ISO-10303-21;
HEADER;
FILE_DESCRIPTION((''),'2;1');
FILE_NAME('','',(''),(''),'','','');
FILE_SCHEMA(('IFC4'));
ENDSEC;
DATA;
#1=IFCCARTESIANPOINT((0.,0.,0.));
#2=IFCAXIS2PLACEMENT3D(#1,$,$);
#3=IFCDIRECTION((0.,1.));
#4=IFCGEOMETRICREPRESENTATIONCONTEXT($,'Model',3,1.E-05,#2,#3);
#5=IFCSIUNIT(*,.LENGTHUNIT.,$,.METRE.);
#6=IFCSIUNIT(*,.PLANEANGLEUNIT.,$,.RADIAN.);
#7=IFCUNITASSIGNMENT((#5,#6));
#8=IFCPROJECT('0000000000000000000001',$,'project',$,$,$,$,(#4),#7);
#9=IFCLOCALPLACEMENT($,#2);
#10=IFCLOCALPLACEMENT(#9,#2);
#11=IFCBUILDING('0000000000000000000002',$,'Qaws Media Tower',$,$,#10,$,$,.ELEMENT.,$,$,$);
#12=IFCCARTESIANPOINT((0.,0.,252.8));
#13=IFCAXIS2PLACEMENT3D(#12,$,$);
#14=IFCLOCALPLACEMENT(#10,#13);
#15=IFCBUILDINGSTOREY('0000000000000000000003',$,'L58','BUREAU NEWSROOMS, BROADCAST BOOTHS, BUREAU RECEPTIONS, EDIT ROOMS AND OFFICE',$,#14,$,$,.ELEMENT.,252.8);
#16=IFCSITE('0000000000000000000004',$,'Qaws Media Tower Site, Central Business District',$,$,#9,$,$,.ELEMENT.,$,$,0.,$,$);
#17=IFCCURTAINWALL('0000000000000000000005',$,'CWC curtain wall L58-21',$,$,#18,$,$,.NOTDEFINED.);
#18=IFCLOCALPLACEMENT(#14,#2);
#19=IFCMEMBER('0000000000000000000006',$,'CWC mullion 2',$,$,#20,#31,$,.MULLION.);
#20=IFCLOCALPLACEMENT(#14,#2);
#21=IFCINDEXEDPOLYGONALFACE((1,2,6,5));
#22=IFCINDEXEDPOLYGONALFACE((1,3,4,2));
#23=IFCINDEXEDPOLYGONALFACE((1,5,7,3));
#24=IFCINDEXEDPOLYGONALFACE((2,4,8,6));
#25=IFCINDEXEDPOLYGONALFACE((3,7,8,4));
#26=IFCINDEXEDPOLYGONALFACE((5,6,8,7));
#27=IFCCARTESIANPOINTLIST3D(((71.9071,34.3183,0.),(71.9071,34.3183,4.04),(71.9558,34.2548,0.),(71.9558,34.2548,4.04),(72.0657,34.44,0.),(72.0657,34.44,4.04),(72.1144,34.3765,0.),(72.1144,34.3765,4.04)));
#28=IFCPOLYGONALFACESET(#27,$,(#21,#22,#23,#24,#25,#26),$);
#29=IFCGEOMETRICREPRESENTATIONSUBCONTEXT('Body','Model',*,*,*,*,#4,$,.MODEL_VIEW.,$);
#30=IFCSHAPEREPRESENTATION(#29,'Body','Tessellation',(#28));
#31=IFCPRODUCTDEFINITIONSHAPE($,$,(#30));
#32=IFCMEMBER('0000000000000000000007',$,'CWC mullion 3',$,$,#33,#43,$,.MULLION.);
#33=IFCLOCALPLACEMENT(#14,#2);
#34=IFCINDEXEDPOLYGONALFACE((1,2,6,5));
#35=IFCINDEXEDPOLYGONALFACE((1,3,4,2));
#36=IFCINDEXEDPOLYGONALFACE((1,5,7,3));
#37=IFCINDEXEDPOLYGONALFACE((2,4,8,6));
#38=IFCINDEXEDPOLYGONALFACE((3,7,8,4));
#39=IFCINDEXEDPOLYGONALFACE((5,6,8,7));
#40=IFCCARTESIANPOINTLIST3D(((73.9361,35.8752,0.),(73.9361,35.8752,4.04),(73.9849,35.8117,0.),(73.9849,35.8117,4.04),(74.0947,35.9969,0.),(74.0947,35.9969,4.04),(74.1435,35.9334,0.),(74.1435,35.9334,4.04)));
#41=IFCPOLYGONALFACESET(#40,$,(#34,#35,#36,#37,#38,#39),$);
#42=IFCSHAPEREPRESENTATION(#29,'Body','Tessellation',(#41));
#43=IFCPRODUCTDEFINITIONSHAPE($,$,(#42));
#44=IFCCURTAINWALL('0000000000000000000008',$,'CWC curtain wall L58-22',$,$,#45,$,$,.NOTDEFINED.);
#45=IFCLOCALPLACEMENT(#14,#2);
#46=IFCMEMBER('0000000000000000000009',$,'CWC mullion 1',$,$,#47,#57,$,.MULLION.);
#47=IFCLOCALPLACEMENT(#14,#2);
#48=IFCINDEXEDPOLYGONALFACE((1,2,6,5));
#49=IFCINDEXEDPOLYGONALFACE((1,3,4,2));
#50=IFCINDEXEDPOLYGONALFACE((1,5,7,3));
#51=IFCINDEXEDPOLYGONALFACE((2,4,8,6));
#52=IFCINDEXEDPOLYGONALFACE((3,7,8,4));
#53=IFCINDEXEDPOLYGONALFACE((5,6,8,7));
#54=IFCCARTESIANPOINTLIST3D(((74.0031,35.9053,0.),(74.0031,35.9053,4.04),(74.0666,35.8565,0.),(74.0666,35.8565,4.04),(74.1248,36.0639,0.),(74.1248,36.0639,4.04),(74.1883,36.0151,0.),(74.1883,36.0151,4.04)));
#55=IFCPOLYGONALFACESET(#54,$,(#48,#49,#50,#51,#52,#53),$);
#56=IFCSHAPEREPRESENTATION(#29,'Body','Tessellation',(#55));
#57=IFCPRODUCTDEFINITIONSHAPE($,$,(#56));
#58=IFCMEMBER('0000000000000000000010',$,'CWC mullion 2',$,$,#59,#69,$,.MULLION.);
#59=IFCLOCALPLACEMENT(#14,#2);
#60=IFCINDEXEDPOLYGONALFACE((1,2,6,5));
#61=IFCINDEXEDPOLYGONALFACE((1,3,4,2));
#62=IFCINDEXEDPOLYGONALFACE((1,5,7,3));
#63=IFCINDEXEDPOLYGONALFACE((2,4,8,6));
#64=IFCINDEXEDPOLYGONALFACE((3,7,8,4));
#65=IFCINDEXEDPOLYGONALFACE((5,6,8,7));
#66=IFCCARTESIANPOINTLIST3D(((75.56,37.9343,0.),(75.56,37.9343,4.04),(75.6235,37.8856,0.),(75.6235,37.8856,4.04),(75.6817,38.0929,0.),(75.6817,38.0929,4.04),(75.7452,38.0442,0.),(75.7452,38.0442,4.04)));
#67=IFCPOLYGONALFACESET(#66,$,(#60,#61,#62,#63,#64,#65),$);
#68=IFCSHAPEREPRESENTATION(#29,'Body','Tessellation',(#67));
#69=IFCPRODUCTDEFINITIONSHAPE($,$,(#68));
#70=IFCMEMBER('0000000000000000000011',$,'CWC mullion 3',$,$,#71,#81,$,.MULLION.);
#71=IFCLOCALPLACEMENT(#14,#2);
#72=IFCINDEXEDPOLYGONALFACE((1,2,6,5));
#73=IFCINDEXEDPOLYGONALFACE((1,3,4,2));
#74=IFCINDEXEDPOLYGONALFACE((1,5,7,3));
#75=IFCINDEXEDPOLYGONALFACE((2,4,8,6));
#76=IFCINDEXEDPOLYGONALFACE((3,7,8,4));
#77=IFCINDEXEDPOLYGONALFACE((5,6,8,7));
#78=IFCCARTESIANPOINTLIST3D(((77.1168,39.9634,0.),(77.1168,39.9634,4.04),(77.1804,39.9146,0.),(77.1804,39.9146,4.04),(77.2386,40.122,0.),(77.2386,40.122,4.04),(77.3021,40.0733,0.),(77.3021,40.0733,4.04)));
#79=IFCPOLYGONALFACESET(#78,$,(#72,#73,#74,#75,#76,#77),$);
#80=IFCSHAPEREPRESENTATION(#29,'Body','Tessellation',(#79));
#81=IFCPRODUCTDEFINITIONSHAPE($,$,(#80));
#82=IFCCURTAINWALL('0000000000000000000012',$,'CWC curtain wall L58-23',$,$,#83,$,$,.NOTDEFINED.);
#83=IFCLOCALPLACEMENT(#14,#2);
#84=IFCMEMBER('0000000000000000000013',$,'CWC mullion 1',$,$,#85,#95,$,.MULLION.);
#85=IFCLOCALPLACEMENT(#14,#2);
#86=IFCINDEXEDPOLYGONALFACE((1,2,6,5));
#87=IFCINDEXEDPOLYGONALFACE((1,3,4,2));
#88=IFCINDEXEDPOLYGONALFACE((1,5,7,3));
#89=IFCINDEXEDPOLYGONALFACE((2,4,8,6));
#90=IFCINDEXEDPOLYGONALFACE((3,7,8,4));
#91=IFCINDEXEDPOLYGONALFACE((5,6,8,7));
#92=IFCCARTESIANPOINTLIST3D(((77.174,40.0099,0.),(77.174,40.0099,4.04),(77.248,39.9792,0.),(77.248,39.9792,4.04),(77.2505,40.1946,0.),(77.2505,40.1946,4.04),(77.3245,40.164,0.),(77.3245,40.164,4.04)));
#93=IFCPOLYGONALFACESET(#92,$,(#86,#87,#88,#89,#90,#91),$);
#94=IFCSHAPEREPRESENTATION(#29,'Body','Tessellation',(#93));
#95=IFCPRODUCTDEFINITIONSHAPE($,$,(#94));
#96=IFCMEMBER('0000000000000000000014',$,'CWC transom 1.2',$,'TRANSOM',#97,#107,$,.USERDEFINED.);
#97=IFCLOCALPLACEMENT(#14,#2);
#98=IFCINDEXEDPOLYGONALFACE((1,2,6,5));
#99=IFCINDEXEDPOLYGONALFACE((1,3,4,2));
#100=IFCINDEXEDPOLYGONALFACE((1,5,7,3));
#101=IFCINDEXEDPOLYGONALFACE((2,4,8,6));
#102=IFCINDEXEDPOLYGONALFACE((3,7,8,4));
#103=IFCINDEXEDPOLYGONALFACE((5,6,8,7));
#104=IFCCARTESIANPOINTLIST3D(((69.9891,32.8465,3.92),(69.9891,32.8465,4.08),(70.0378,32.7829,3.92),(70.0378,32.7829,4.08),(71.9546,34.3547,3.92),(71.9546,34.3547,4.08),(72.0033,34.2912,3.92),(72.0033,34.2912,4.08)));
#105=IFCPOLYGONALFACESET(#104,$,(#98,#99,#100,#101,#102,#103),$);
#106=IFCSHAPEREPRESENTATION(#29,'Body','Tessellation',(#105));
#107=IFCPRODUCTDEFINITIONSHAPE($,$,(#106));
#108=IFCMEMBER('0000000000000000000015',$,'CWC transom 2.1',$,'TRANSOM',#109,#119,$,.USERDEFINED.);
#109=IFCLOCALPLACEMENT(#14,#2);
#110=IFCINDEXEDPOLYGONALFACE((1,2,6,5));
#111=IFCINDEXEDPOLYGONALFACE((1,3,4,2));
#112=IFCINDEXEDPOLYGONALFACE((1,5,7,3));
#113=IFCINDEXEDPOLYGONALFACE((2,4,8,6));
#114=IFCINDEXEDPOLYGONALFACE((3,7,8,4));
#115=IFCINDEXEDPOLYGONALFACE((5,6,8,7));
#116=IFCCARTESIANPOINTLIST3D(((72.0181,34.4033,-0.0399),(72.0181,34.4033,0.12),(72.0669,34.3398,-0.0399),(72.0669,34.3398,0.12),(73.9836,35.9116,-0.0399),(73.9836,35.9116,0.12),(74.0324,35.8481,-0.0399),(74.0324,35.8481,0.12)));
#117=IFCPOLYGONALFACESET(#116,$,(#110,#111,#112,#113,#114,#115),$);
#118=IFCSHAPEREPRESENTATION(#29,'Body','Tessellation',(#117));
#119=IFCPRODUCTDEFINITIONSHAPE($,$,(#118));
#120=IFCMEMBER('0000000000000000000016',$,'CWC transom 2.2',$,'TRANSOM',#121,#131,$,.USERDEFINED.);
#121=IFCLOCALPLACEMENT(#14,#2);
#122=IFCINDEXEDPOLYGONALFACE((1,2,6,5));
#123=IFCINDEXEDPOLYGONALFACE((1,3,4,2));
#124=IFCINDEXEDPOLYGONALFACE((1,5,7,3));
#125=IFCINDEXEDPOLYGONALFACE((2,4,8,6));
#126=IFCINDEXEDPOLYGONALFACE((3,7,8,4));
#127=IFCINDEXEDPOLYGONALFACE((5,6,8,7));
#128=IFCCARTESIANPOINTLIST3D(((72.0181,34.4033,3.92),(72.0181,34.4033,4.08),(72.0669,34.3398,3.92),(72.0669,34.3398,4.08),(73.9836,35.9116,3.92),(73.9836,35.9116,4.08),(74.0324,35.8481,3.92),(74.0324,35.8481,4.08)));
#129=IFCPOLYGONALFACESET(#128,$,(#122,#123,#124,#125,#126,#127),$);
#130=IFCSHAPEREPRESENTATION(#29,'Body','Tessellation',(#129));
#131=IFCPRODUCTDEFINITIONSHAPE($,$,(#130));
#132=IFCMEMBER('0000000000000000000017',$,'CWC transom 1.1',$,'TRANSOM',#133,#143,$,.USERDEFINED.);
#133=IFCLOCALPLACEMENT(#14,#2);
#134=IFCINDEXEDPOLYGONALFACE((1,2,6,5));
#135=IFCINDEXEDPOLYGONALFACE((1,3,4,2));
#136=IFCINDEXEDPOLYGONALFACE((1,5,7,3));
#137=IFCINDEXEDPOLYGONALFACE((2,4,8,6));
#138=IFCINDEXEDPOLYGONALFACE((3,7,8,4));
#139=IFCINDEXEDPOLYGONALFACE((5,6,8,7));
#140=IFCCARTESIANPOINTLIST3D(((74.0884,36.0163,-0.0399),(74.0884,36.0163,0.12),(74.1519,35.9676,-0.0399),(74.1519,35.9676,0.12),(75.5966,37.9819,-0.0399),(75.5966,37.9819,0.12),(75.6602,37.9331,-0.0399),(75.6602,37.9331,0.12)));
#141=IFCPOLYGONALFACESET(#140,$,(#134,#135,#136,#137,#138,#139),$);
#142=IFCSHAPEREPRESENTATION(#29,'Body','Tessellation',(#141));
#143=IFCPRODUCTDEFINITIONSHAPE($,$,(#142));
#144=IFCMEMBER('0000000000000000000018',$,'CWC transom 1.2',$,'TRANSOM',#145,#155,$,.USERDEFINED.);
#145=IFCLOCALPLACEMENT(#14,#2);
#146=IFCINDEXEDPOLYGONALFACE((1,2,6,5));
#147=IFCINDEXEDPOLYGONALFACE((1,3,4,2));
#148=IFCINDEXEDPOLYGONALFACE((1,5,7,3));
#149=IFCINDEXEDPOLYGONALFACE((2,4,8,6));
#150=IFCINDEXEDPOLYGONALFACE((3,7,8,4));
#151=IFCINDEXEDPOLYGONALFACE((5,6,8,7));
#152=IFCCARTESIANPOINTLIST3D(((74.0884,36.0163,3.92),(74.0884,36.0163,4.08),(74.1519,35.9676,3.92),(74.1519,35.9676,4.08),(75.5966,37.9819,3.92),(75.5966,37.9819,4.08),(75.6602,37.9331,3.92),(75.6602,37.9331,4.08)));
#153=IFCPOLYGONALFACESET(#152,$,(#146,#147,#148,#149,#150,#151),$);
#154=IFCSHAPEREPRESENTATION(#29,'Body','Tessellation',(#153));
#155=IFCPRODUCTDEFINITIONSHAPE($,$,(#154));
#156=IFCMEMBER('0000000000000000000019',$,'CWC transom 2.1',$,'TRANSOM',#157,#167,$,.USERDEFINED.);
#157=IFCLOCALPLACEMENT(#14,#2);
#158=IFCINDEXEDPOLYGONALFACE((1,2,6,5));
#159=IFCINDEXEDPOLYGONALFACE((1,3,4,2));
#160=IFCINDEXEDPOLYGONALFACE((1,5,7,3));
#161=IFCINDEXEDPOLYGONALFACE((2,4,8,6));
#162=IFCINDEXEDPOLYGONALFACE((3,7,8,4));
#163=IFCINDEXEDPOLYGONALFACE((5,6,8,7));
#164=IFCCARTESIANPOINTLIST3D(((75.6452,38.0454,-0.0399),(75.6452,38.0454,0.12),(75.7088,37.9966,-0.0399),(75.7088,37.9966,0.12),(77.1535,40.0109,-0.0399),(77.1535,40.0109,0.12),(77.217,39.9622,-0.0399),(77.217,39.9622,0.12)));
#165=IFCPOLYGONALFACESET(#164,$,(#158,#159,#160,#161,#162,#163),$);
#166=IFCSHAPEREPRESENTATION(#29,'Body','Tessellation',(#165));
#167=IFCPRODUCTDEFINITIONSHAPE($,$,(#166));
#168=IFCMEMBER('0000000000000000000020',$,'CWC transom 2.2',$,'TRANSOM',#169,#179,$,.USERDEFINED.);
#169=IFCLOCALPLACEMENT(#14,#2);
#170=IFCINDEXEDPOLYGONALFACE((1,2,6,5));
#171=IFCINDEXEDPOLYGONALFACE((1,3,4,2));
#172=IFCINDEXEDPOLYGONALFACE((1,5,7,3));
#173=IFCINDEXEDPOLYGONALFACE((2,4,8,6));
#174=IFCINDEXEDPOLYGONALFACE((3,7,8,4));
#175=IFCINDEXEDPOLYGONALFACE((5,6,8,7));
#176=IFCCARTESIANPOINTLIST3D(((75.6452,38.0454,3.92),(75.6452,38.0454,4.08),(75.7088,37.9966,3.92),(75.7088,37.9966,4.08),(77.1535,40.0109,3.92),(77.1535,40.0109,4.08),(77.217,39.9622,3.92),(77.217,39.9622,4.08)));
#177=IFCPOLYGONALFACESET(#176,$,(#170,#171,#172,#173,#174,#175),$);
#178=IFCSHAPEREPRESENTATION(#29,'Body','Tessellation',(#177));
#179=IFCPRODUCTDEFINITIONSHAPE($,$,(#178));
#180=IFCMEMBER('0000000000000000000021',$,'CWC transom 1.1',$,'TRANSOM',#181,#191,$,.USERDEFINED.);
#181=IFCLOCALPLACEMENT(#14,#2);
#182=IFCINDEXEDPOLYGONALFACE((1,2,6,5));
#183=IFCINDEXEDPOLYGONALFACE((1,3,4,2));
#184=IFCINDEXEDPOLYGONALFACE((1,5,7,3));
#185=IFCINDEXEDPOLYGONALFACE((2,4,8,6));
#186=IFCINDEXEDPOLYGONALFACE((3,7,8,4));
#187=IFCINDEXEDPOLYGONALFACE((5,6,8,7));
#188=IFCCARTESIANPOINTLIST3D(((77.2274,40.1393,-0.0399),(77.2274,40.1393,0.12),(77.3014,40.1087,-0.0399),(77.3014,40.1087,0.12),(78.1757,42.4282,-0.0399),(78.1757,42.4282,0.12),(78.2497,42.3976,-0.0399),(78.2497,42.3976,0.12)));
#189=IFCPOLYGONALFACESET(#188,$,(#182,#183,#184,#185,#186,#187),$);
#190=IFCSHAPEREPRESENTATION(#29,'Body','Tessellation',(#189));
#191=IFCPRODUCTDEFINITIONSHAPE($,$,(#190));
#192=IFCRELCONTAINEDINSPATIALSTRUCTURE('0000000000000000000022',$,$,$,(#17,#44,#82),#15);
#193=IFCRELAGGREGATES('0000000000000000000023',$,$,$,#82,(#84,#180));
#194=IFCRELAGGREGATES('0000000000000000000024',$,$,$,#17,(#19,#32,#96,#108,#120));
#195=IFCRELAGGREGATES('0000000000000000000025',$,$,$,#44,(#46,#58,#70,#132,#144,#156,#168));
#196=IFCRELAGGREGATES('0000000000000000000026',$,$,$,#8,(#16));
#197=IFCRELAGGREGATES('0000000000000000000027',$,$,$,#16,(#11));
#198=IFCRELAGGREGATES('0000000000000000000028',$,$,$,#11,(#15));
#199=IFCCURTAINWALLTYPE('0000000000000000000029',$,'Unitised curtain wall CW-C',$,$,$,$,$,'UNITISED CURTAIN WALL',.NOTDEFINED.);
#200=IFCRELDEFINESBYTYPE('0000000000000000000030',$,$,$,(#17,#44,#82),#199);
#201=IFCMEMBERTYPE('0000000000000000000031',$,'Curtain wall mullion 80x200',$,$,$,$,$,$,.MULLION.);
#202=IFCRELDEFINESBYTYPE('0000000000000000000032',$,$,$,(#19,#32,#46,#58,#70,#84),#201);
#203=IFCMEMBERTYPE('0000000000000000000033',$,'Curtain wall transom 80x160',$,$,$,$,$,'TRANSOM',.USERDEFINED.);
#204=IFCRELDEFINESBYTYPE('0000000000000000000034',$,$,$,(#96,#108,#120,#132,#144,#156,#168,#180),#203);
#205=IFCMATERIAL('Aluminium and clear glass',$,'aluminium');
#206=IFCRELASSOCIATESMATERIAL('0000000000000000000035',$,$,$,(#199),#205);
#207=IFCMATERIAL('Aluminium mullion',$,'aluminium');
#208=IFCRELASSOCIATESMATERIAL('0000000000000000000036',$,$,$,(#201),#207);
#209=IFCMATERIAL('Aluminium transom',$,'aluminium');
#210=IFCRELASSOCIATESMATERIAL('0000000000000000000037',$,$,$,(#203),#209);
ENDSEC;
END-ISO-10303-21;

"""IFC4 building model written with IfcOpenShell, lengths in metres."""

from ifc_helpers import new_model, si_unit, direction, frame, origin, origin_2d, place, context, subcontext, project, spatial, rectangle, extrude, material, material_profile, profile_set, type_object, element, aggregate, save


model = new_model("IFC4")

# Units and contexts
model_context = context("Model", 3, precision=1e-05, world=origin(), true_north=direction((0.0, 1.0)))
body_context = subcontext(model_context, "Body", "Model", "MODEL_VIEW")
ifc_project = project(units=[si_unit("LENGTHUNIT", "METRE"), si_unit("PLANEANGLEUNIT", "RADIAN")], contexts=[model_context])

# Site, building, storey
site_placement = place(None, origin())
site = spatial("IfcSite", under=ifc_project, at=site_placement, Name="Qaws Media Tower Site, Central Business District", CompositionType="ELEMENT", RefElevation=0.0)
building_placement = place(site_placement, origin())
building = spatial("IfcBuilding", under=site, at=building_placement, Name="Qaws Media Tower", CompositionType="ELEMENT")
storey_placement = place(building_placement, frame((0.0, 0.0, 252.8)))
storey = spatial("IfcBuildingStorey", under=building, at=storey_placement, Name="L58", Description="BUREAU NEWSROOMS, BROADCAST BOOTHS, BUREAU RECEPTIONS, EDIT ROOMS AND OFFICE", CompositionType="ELEMENT", Elevation=252.8)

# Curtain walls, members
ifc_material_1 = material(Name="Aluminium and clear glass", Category="aluminium")
curtain_wall_type = type_object("IfcCurtainWallType", Name="Unitised curtain wall CW-C", ElementType="UNITISED CURTAIN WALL", PredefinedType="NOTDEFINED", material=ifc_material_1)
curtain_wall_1_placement = place(storey_placement, origin())
curtain_wall_1 = element("IfcCurtainWall", 1, at=curtain_wall_1_placement, inside=storey, type_object=curtain_wall_type, Name="CWC curtain wall L58-21", PredefinedType="NOTDEFINED")
ifc_material_2 = material(Name="Aluminium mullion", Category="aluminium")
ifc_material_profile_1 = material_profile(ifc_material_2, rectangle(XDim=0.0801, YDim=0.2, at=origin_2d()), Name="80x200")
ifc_profile_set_1 = profile_set([ifc_material_profile_1], Name="Aluminium mullion")
member_type_1 = type_object("IfcMemberType", Name="Curtain wall mullion 80x200", PredefinedType="MULLION", material=ifc_profile_set_1)
member_1_placement = place(storey_placement, frame((72.0107, 34.3474, 0.0), z_axis=(0.0, 0.0, 1.0), x_axis=(-0.608761, 0.793353, 0.0)))
member_1 = element("IfcMember", 2, at=member_1_placement, type_object=member_type_1, Name="CWC mullion 2", PredefinedType="MULLION", context=body_context, shape_type="SweptSolid", body=[
    extrude(rectangle(XDim=0.0801, YDim=0.2, at=origin_2d()), origin(), (0.0, 0.0, 1.0), 4.04),
])
member_2_placement = place(storey_placement, frame((74.0398, 35.9043, 0.0), z_axis=(0.0, 0.0, 1.0), x_axis=(-0.608761, 0.793353, 0.0)))
member_2 = element("IfcMember", 3, at=member_2_placement, type_object=member_type_1, Name="CWC mullion 3", PredefinedType="MULLION", context=body_context, shape_type="SweptSolid", body=[
    extrude(rectangle(XDim=0.0801, YDim=0.2, at=origin_2d()), origin(), (0.0, 0.0, 1.0), 4.04),
])
curtain_wall_2_placement = place(storey_placement, origin())
curtain_wall_2 = element("IfcCurtainWall", 4, at=curtain_wall_2_placement, inside=storey, type_object=curtain_wall_type, Name="CWC curtain wall L58-22", PredefinedType="NOTDEFINED")
member_3_placement = place(storey_placement, frame((74.0957, 35.9602, 0.0), z_axis=(0.0, 0.0, 1.0), x_axis=(-0.793353, 0.608761, 0.0)))
member_3 = element("IfcMember", 5, at=member_3_placement, type_object=member_type_1, Name="CWC mullion 1", PredefinedType="MULLION", context=body_context, shape_type="SweptSolid", body=[
    extrude(rectangle(XDim=0.0801, YDim=0.2, at=origin_2d()), origin(), (0.0, 0.0, 1.0), 4.04),
])
member_4_placement = place(storey_placement, frame((75.6526, 37.9893, 0.0), z_axis=(0.0, 0.0, 1.0), x_axis=(-0.793353, 0.608761, 0.0)))
member_4 = element("IfcMember", 6, at=member_4_placement, type_object=member_type_1, Name="CWC mullion 2", PredefinedType="MULLION", context=body_context, shape_type="SweptSolid", body=[
    extrude(rectangle(XDim=0.0801, YDim=0.2, at=origin_2d()), origin(), (0.0, 0.0, 1.0), 4.04),
])
member_5_placement = place(storey_placement, frame((77.2095, 40.0183, 0.0), z_axis=(0.0, 0.0, 1.0), x_axis=(-0.793353, 0.608761, 0.0)))
member_5 = element("IfcMember", 7, at=member_5_placement, type_object=member_type_1, Name="CWC mullion 3", PredefinedType="MULLION", context=body_context, shape_type="SweptSolid", body=[
    extrude(rectangle(XDim=0.0801, YDim=0.2, at=origin_2d()), origin(), (0.0, 0.0, 1.0), 4.04),
])

# Curtain wall, member
curtain_wall_3_placement = place(storey_placement, origin())
curtain_wall_3 = element("IfcCurtainWall", 8, at=curtain_wall_3_placement, inside=storey, type_object=curtain_wall_type, Name="CWC curtain wall L58-23", PredefinedType="NOTDEFINED")
member_6_placement = place(storey_placement, frame((77.2493, 40.0869, 0.0), z_axis=(0.0, 0.0, 1.0), x_axis=(-0.92388, 0.382683, 0.0)))
member_6 = element("IfcMember", 9, at=member_6_placement, type_object=member_type_1, Name="CWC mullion 1", PredefinedType="MULLION", context=body_context, shape_type="SweptSolid", body=[
    extrude(rectangle(XDim=0.0801, YDim=0.2, at=origin_2d()), origin(), (0.0, 0.0, 1.0), 4.04),
])

# Members
ifc_material_3 = material(Name="Aluminium transom", Category="aluminium")
ifc_material_profile_2 = material_profile(ifc_material_3, rectangle(XDim=0.0801, YDim=0.1599, at=origin_2d()), Name="80x160")
ifc_profile_set_2 = profile_set([ifc_material_profile_2], Name="Aluminium transom")
member_type_2 = type_object("IfcMemberType", Name="Curtain wall transom 80x160", ElementType="TRANSOM", PredefinedType="USERDEFINED", material=ifc_profile_set_2)
member_7_placement = place(storey_placement, frame((70.0134, 32.8147, 4.0), z_axis=(0.793341, 0.608777, 0.0), x_axis=(-0.608777, 0.793341, 0.0)))
member_7 = element("IfcMember", 10, at=member_7_placement, type_object=member_type_2, Name="CWC transom 1.2", ObjectType="TRANSOM", PredefinedType="USERDEFINED", context=body_context, shape_type="SweptSolid", body=[
    extrude(rectangle(XDim=0.0801, YDim=0.1599, at=origin_2d()), origin(), (0.0, 0.0, 1.0), 2.4775),
])
member_8_placement = place(storey_placement, frame((72.0425, 34.3716, 0.04), z_axis=(0.793341, 0.608777, 0.0), x_axis=(-0.608777, 0.793341, 0.0)))
member_8 = element("IfcMember", 11, at=member_8_placement, type_object=member_type_2, Name="CWC transom 2.1", ObjectType="TRANSOM", PredefinedType="USERDEFINED", context=body_context, shape_type="SweptSolid", body=[
    extrude(rectangle(XDim=0.0801, YDim=0.1599, at=origin_2d()), origin(), (0.0, 0.0, 1.0), 2.4775),
])
member_9_placement = place(storey_placement, frame((72.0425, 34.3716, 4.0), z_axis=(0.793341, 0.608777, 0.0), x_axis=(-0.608777, 0.793341, 0.0)))
member_9 = element("IfcMember", 12, at=member_9_placement, type_object=member_type_2, Name="CWC transom 2.2", ObjectType="TRANSOM", PredefinedType="USERDEFINED", context=body_context, shape_type="SweptSolid", body=[
    extrude(rectangle(XDim=0.0801, YDim=0.1599, at=origin_2d()), origin(), (0.0, 0.0, 1.0), 2.4775),
])
member_10_placement = place(storey_placement, frame((74.1201, 35.9919, 0.04), z_axis=(0.608777, 0.793341, 0.0), x_axis=(-0.793341, 0.608777, 0.0)))
member_10 = element("IfcMember", 13, at=member_10_placement, type_object=member_type_2, Name="CWC transom 1.1", ObjectType="TRANSOM", PredefinedType="USERDEFINED", context=body_context, shape_type="SweptSolid", body=[
    extrude(rectangle(XDim=0.0801, YDim=0.1599, at=origin_2d()), origin(), (0.0, 0.0, 1.0), 2.4775),
])
member_11_placement = place(storey_placement, frame((74.1201, 35.9919, 4.0), z_axis=(0.608777, 0.793341, 0.0), x_axis=(-0.793341, 0.608777, 0.0)))
member_11 = element("IfcMember", 14, at=member_11_placement, type_object=member_type_2, Name="CWC transom 1.2", ObjectType="TRANSOM", PredefinedType="USERDEFINED", context=body_context, shape_type="SweptSolid", body=[
    extrude(rectangle(XDim=0.0801, YDim=0.1599, at=origin_2d()), origin(), (0.0, 0.0, 1.0), 2.4775),
])
member_12_placement = place(storey_placement, frame((75.677, 38.021, 0.04), z_axis=(0.608777, 0.793341, 0.0), x_axis=(-0.793341, 0.608777, 0.0)))
member_12 = element("IfcMember", 15, at=member_12_placement, type_object=member_type_2, Name="CWC transom 2.1", ObjectType="TRANSOM", PredefinedType="USERDEFINED", context=body_context, shape_type="SweptSolid", body=[
    extrude(rectangle(XDim=0.0801, YDim=0.1599, at=origin_2d()), origin(), (0.0, 0.0, 1.0), 2.4775),
])
member_13_placement = place(storey_placement, frame((75.677, 38.021, 4.0), z_axis=(0.608777, 0.793341, 0.0), x_axis=(-0.793341, 0.608777, 0.0)))
member_13 = element("IfcMember", 16, at=member_13_placement, type_object=member_type_2, Name="CWC transom 2.2", ObjectType="TRANSOM", PredefinedType="USERDEFINED", context=body_context, shape_type="SweptSolid", body=[
    extrude(rectangle(XDim=0.0801, YDim=0.1599, at=origin_2d()), origin(), (0.0, 0.0, 1.0), 2.4775),
])
member_14_placement = place(storey_placement, frame((77.2644, 40.124, 0.04), z_axis=(0.382746, 0.923853, 0.0), x_axis=(-0.923853, 0.382746, 0.0)))
member_14 = element("IfcMember", 17, at=member_14_placement, type_object=member_type_2, Name="CWC transom 1.1", ObjectType="TRANSOM", PredefinedType="USERDEFINED", context=body_context, shape_type="SweptSolid", body=[
    extrude(rectangle(XDim=0.0801, YDim=0.1599, at=origin_2d()), origin(), (0.0, 0.0, 1.0), 2.4775),
])
aggregate(curtain_wall_3, [member_6, member_14])

aggregate(curtain_wall_1, [member_1, member_2, member_7, member_8, member_9])
aggregate(curtain_wall_2, [member_3, member_4, member_5, member_10, member_11, member_12, member_13])

save(model, "model.ifc")
